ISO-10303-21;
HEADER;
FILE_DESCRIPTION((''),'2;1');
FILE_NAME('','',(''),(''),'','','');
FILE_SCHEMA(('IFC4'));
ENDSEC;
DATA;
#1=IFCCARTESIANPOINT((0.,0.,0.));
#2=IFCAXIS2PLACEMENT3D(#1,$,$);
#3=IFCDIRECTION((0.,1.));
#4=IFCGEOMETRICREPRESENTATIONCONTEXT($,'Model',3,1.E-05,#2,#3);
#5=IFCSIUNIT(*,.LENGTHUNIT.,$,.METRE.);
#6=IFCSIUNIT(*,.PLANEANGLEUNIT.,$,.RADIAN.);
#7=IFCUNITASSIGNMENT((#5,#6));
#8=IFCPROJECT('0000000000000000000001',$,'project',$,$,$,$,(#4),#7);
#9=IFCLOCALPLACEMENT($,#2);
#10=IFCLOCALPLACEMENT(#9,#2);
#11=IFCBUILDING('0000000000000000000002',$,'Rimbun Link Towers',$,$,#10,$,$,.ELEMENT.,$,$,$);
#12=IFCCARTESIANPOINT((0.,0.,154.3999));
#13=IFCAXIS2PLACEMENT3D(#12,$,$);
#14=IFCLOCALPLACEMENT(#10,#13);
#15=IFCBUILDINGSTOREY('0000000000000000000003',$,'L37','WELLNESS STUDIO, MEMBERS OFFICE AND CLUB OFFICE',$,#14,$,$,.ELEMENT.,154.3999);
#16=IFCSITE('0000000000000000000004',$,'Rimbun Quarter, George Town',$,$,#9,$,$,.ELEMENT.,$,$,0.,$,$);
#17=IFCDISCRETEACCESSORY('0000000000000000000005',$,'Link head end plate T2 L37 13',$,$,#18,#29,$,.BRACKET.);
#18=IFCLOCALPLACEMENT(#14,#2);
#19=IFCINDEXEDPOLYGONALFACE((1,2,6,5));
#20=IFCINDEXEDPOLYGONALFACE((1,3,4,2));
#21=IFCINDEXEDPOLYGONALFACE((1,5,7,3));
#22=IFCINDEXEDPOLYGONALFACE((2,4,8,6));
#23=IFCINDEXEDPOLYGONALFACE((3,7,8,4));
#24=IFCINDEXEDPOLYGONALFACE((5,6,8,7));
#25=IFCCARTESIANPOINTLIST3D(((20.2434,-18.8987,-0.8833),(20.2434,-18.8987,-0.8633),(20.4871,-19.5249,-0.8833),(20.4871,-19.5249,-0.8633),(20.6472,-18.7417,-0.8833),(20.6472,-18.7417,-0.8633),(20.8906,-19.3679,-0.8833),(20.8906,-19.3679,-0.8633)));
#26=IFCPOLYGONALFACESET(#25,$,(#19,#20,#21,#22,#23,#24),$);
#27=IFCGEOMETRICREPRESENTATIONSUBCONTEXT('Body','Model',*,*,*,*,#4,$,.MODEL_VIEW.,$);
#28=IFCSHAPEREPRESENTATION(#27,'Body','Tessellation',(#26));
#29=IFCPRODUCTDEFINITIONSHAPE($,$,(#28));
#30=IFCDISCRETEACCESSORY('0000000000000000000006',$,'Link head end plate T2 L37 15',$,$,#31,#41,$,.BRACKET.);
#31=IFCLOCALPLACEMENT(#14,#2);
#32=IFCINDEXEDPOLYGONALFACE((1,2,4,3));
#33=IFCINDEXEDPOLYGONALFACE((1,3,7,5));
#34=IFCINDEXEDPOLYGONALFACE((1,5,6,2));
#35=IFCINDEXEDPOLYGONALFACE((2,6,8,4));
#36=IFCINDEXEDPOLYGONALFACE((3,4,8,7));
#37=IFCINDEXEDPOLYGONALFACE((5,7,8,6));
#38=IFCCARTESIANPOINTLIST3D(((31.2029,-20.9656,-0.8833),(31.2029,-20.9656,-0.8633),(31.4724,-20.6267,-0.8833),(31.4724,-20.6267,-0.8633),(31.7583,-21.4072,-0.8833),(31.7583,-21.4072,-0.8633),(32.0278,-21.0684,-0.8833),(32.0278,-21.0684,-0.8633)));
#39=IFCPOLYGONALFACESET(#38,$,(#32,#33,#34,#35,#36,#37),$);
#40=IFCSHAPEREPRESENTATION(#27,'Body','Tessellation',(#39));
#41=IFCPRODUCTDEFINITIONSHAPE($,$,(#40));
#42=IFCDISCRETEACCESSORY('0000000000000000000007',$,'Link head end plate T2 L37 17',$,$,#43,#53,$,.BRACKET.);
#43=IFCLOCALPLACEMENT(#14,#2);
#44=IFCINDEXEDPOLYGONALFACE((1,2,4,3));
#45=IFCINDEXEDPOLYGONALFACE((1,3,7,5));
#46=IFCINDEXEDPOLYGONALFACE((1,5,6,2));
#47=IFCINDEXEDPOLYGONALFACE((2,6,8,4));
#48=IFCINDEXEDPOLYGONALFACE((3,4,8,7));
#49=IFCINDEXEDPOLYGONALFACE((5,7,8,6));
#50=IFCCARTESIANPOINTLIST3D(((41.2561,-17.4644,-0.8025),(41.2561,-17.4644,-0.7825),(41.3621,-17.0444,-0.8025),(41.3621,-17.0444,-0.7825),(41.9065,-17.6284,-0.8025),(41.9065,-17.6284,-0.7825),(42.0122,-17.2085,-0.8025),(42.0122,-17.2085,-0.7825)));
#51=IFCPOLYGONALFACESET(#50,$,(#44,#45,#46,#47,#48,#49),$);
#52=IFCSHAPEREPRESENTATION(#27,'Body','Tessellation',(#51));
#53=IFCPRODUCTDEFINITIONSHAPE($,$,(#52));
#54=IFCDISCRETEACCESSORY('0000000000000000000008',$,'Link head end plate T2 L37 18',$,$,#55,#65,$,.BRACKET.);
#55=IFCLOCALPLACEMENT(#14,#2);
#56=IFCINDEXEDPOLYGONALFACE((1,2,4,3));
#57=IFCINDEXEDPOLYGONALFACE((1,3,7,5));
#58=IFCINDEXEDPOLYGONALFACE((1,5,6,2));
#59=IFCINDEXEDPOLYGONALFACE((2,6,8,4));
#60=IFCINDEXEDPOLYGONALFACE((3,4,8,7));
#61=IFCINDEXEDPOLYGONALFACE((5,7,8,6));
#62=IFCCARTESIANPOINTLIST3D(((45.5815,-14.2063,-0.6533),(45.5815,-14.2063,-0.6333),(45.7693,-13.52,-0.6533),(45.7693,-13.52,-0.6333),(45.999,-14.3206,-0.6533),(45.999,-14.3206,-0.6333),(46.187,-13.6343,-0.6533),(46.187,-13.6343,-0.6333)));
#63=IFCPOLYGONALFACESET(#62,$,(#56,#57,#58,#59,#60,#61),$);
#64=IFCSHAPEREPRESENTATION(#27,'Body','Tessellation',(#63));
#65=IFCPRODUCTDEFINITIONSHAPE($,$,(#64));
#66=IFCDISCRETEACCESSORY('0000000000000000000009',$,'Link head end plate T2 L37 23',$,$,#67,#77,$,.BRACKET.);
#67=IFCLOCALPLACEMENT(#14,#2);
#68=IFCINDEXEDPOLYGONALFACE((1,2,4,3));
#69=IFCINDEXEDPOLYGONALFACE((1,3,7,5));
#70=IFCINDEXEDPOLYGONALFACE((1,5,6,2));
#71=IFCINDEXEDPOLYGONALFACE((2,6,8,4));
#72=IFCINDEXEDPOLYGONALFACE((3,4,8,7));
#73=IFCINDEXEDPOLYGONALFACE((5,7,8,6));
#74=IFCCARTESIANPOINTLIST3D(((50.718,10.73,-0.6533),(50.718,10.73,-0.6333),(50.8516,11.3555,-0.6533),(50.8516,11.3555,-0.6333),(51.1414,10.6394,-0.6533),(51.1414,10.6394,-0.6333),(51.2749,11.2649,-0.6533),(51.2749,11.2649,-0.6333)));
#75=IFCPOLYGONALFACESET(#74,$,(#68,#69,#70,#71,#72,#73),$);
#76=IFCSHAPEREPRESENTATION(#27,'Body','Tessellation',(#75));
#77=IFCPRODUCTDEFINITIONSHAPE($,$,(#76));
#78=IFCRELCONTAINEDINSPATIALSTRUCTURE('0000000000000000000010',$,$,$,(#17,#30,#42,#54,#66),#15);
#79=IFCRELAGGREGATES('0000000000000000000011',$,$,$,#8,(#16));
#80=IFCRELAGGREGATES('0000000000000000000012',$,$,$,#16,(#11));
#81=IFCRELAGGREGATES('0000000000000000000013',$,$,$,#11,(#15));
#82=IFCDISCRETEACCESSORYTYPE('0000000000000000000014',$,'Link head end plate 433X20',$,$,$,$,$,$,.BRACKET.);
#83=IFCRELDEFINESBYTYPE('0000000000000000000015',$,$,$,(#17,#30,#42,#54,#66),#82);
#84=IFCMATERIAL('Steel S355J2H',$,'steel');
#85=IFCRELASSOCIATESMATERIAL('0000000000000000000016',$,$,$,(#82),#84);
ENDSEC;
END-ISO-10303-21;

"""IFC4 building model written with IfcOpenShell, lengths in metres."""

from ifc_helpers import new_model, si_unit, direction, frame, origin, origin_2d, place, context, subcontext, project, spatial, polyline, rectangle, outline, extrude, material, material_profile, profile_set, type_object, element, save


model = new_model("IFC4")

# Units and contexts
model_context = context("Model", 3, precision=1e-05, world=origin(), true_north=direction((0.0, 1.0)))
body_context = subcontext(model_context, "Body", "Model", "MODEL_VIEW")
ifc_project = project(units=[si_unit("LENGTHUNIT", "METRE"), si_unit("PLANEANGLEUNIT", "RADIAN")], contexts=[model_context])

# Site, building, storey
site_placement = place(None, origin())
site = spatial("IfcSite", under=ifc_project, at=site_placement, Name="Rimbun Quarter, George Town", CompositionType="ELEMENT", RefElevation=0.0)
building_placement = place(site_placement, origin())
building = spatial("IfcBuilding", under=site, at=building_placement, Name="Rimbun Link Towers", CompositionType="ELEMENT")
storey_placement = place(building_placement, frame((0.0, 0.0, 154.3999)))
storey = spatial("IfcBuildingStorey", under=building, at=storey_placement, Name="L37", Description="WELLNESS STUDIO, MEMBERS OFFICE AND CLUB OFFICE", CompositionType="ELEMENT", Elevation=154.3999)

# Discrete accessories
ifc_material_1 = material(Name="Steel S355J2H", Category="steel")
ifc_material_profile_1 = material_profile(ifc_material_1, rectangle(XDim=0.4331, YDim=0.4331, at=origin_2d()), Name="PL 433x433")
ifc_profile_set_1 = profile_set([ifc_material_profile_1], Name="Steel S355J2H")
discrete_accessory_type = type_object("IfcDiscreteAccessoryType", Name="Link head end plate 433X20", PredefinedType="BRACKET", material=ifc_profile_set_1)
discrete_accessory_1_placement = place(storey_placement, frame((0.0, 0.0, -0.8833)))
element("IfcDiscreteAccessory", 1, at=discrete_accessory_1_placement, inside=storey, type_object=discrete_accessory_type, Name="Link head end plate T2 L37 13", PredefinedType="BRACKET", context=body_context, shape_type="SweptSolid", body=[
    extrude(outline(polyline([(20.2434, -18.8987), (20.4871, -19.5249), (20.8906, -19.3679), (20.6472, -18.7417), (20.2434, -18.8987)])), origin(), (0.0, 0.0, 1.0), 0.02),
])
discrete_accessory_2_placement = place(storey_placement, frame((0.0, 0.0, -0.8833)))
element("IfcDiscreteAccessory", 2, at=discrete_accessory_2_placement, inside=storey, type_object=discrete_accessory_type, Name="Link head end plate T2 L37 15", PredefinedType="BRACKET", context=body_context, shape_type="SweptSolid", body=[
    extrude(outline(polyline([(31.2029, -20.9656), (31.7583, -21.4072), (32.0278, -21.0684), (31.4724, -20.6267), (31.2029, -20.9656)])), origin(), (0.0, 0.0, 1.0), 0.02),
])
discrete_accessory_3_placement = place(storey_placement, frame((0.0, 0.0, -0.8025)))
element("IfcDiscreteAccessory", 3, at=discrete_accessory_3_placement, inside=storey, type_object=discrete_accessory_type, Name="Link head end plate T2 L37 17", PredefinedType="BRACKET", context=body_context, shape_type="SweptSolid", body=[
    extrude(outline(polyline([(41.2561, -17.4644), (41.9065, -17.6284), (42.0122, -17.2085), (41.3621, -17.0444), (41.2561, -17.4644)])), origin(), (0.0, 0.0, 1.0), 0.02),
])
discrete_accessory_4_placement = place(storey_placement, frame((0.0, 0.0, -0.6533)))
element("IfcDiscreteAccessory", 4, at=discrete_accessory_4_placement, inside=storey, type_object=discrete_accessory_type, Name="Link head end plate T2 L37 18", PredefinedType="BRACKET", context=body_context, shape_type="SweptSolid", body=[
    extrude(outline(polyline([(45.7693, -13.52), (45.5815, -14.2063), (45.999, -14.3206), (46.187, -13.6343), (45.7693, -13.52)])), origin(), (0.0, 0.0, 1.0), 0.02),
])
discrete_accessory_5_placement = place(storey_placement, frame((0.0, 0.0, -0.6533)))
element("IfcDiscreteAccessory", 5, at=discrete_accessory_5_placement, inside=storey, type_object=discrete_accessory_type, Name="Link head end plate T2 L37 23", PredefinedType="BRACKET", context=body_context, shape_type="SweptSolid", body=[
    extrude(outline(polyline([(51.1414, 10.6394), (51.2749, 11.2649), (50.8516, 11.3555), (50.718, 10.73), (51.1414, 10.6394)])), origin(), (0.0, 0.0, 1.0), 0.02),
])

save(model, "model.ifc")
